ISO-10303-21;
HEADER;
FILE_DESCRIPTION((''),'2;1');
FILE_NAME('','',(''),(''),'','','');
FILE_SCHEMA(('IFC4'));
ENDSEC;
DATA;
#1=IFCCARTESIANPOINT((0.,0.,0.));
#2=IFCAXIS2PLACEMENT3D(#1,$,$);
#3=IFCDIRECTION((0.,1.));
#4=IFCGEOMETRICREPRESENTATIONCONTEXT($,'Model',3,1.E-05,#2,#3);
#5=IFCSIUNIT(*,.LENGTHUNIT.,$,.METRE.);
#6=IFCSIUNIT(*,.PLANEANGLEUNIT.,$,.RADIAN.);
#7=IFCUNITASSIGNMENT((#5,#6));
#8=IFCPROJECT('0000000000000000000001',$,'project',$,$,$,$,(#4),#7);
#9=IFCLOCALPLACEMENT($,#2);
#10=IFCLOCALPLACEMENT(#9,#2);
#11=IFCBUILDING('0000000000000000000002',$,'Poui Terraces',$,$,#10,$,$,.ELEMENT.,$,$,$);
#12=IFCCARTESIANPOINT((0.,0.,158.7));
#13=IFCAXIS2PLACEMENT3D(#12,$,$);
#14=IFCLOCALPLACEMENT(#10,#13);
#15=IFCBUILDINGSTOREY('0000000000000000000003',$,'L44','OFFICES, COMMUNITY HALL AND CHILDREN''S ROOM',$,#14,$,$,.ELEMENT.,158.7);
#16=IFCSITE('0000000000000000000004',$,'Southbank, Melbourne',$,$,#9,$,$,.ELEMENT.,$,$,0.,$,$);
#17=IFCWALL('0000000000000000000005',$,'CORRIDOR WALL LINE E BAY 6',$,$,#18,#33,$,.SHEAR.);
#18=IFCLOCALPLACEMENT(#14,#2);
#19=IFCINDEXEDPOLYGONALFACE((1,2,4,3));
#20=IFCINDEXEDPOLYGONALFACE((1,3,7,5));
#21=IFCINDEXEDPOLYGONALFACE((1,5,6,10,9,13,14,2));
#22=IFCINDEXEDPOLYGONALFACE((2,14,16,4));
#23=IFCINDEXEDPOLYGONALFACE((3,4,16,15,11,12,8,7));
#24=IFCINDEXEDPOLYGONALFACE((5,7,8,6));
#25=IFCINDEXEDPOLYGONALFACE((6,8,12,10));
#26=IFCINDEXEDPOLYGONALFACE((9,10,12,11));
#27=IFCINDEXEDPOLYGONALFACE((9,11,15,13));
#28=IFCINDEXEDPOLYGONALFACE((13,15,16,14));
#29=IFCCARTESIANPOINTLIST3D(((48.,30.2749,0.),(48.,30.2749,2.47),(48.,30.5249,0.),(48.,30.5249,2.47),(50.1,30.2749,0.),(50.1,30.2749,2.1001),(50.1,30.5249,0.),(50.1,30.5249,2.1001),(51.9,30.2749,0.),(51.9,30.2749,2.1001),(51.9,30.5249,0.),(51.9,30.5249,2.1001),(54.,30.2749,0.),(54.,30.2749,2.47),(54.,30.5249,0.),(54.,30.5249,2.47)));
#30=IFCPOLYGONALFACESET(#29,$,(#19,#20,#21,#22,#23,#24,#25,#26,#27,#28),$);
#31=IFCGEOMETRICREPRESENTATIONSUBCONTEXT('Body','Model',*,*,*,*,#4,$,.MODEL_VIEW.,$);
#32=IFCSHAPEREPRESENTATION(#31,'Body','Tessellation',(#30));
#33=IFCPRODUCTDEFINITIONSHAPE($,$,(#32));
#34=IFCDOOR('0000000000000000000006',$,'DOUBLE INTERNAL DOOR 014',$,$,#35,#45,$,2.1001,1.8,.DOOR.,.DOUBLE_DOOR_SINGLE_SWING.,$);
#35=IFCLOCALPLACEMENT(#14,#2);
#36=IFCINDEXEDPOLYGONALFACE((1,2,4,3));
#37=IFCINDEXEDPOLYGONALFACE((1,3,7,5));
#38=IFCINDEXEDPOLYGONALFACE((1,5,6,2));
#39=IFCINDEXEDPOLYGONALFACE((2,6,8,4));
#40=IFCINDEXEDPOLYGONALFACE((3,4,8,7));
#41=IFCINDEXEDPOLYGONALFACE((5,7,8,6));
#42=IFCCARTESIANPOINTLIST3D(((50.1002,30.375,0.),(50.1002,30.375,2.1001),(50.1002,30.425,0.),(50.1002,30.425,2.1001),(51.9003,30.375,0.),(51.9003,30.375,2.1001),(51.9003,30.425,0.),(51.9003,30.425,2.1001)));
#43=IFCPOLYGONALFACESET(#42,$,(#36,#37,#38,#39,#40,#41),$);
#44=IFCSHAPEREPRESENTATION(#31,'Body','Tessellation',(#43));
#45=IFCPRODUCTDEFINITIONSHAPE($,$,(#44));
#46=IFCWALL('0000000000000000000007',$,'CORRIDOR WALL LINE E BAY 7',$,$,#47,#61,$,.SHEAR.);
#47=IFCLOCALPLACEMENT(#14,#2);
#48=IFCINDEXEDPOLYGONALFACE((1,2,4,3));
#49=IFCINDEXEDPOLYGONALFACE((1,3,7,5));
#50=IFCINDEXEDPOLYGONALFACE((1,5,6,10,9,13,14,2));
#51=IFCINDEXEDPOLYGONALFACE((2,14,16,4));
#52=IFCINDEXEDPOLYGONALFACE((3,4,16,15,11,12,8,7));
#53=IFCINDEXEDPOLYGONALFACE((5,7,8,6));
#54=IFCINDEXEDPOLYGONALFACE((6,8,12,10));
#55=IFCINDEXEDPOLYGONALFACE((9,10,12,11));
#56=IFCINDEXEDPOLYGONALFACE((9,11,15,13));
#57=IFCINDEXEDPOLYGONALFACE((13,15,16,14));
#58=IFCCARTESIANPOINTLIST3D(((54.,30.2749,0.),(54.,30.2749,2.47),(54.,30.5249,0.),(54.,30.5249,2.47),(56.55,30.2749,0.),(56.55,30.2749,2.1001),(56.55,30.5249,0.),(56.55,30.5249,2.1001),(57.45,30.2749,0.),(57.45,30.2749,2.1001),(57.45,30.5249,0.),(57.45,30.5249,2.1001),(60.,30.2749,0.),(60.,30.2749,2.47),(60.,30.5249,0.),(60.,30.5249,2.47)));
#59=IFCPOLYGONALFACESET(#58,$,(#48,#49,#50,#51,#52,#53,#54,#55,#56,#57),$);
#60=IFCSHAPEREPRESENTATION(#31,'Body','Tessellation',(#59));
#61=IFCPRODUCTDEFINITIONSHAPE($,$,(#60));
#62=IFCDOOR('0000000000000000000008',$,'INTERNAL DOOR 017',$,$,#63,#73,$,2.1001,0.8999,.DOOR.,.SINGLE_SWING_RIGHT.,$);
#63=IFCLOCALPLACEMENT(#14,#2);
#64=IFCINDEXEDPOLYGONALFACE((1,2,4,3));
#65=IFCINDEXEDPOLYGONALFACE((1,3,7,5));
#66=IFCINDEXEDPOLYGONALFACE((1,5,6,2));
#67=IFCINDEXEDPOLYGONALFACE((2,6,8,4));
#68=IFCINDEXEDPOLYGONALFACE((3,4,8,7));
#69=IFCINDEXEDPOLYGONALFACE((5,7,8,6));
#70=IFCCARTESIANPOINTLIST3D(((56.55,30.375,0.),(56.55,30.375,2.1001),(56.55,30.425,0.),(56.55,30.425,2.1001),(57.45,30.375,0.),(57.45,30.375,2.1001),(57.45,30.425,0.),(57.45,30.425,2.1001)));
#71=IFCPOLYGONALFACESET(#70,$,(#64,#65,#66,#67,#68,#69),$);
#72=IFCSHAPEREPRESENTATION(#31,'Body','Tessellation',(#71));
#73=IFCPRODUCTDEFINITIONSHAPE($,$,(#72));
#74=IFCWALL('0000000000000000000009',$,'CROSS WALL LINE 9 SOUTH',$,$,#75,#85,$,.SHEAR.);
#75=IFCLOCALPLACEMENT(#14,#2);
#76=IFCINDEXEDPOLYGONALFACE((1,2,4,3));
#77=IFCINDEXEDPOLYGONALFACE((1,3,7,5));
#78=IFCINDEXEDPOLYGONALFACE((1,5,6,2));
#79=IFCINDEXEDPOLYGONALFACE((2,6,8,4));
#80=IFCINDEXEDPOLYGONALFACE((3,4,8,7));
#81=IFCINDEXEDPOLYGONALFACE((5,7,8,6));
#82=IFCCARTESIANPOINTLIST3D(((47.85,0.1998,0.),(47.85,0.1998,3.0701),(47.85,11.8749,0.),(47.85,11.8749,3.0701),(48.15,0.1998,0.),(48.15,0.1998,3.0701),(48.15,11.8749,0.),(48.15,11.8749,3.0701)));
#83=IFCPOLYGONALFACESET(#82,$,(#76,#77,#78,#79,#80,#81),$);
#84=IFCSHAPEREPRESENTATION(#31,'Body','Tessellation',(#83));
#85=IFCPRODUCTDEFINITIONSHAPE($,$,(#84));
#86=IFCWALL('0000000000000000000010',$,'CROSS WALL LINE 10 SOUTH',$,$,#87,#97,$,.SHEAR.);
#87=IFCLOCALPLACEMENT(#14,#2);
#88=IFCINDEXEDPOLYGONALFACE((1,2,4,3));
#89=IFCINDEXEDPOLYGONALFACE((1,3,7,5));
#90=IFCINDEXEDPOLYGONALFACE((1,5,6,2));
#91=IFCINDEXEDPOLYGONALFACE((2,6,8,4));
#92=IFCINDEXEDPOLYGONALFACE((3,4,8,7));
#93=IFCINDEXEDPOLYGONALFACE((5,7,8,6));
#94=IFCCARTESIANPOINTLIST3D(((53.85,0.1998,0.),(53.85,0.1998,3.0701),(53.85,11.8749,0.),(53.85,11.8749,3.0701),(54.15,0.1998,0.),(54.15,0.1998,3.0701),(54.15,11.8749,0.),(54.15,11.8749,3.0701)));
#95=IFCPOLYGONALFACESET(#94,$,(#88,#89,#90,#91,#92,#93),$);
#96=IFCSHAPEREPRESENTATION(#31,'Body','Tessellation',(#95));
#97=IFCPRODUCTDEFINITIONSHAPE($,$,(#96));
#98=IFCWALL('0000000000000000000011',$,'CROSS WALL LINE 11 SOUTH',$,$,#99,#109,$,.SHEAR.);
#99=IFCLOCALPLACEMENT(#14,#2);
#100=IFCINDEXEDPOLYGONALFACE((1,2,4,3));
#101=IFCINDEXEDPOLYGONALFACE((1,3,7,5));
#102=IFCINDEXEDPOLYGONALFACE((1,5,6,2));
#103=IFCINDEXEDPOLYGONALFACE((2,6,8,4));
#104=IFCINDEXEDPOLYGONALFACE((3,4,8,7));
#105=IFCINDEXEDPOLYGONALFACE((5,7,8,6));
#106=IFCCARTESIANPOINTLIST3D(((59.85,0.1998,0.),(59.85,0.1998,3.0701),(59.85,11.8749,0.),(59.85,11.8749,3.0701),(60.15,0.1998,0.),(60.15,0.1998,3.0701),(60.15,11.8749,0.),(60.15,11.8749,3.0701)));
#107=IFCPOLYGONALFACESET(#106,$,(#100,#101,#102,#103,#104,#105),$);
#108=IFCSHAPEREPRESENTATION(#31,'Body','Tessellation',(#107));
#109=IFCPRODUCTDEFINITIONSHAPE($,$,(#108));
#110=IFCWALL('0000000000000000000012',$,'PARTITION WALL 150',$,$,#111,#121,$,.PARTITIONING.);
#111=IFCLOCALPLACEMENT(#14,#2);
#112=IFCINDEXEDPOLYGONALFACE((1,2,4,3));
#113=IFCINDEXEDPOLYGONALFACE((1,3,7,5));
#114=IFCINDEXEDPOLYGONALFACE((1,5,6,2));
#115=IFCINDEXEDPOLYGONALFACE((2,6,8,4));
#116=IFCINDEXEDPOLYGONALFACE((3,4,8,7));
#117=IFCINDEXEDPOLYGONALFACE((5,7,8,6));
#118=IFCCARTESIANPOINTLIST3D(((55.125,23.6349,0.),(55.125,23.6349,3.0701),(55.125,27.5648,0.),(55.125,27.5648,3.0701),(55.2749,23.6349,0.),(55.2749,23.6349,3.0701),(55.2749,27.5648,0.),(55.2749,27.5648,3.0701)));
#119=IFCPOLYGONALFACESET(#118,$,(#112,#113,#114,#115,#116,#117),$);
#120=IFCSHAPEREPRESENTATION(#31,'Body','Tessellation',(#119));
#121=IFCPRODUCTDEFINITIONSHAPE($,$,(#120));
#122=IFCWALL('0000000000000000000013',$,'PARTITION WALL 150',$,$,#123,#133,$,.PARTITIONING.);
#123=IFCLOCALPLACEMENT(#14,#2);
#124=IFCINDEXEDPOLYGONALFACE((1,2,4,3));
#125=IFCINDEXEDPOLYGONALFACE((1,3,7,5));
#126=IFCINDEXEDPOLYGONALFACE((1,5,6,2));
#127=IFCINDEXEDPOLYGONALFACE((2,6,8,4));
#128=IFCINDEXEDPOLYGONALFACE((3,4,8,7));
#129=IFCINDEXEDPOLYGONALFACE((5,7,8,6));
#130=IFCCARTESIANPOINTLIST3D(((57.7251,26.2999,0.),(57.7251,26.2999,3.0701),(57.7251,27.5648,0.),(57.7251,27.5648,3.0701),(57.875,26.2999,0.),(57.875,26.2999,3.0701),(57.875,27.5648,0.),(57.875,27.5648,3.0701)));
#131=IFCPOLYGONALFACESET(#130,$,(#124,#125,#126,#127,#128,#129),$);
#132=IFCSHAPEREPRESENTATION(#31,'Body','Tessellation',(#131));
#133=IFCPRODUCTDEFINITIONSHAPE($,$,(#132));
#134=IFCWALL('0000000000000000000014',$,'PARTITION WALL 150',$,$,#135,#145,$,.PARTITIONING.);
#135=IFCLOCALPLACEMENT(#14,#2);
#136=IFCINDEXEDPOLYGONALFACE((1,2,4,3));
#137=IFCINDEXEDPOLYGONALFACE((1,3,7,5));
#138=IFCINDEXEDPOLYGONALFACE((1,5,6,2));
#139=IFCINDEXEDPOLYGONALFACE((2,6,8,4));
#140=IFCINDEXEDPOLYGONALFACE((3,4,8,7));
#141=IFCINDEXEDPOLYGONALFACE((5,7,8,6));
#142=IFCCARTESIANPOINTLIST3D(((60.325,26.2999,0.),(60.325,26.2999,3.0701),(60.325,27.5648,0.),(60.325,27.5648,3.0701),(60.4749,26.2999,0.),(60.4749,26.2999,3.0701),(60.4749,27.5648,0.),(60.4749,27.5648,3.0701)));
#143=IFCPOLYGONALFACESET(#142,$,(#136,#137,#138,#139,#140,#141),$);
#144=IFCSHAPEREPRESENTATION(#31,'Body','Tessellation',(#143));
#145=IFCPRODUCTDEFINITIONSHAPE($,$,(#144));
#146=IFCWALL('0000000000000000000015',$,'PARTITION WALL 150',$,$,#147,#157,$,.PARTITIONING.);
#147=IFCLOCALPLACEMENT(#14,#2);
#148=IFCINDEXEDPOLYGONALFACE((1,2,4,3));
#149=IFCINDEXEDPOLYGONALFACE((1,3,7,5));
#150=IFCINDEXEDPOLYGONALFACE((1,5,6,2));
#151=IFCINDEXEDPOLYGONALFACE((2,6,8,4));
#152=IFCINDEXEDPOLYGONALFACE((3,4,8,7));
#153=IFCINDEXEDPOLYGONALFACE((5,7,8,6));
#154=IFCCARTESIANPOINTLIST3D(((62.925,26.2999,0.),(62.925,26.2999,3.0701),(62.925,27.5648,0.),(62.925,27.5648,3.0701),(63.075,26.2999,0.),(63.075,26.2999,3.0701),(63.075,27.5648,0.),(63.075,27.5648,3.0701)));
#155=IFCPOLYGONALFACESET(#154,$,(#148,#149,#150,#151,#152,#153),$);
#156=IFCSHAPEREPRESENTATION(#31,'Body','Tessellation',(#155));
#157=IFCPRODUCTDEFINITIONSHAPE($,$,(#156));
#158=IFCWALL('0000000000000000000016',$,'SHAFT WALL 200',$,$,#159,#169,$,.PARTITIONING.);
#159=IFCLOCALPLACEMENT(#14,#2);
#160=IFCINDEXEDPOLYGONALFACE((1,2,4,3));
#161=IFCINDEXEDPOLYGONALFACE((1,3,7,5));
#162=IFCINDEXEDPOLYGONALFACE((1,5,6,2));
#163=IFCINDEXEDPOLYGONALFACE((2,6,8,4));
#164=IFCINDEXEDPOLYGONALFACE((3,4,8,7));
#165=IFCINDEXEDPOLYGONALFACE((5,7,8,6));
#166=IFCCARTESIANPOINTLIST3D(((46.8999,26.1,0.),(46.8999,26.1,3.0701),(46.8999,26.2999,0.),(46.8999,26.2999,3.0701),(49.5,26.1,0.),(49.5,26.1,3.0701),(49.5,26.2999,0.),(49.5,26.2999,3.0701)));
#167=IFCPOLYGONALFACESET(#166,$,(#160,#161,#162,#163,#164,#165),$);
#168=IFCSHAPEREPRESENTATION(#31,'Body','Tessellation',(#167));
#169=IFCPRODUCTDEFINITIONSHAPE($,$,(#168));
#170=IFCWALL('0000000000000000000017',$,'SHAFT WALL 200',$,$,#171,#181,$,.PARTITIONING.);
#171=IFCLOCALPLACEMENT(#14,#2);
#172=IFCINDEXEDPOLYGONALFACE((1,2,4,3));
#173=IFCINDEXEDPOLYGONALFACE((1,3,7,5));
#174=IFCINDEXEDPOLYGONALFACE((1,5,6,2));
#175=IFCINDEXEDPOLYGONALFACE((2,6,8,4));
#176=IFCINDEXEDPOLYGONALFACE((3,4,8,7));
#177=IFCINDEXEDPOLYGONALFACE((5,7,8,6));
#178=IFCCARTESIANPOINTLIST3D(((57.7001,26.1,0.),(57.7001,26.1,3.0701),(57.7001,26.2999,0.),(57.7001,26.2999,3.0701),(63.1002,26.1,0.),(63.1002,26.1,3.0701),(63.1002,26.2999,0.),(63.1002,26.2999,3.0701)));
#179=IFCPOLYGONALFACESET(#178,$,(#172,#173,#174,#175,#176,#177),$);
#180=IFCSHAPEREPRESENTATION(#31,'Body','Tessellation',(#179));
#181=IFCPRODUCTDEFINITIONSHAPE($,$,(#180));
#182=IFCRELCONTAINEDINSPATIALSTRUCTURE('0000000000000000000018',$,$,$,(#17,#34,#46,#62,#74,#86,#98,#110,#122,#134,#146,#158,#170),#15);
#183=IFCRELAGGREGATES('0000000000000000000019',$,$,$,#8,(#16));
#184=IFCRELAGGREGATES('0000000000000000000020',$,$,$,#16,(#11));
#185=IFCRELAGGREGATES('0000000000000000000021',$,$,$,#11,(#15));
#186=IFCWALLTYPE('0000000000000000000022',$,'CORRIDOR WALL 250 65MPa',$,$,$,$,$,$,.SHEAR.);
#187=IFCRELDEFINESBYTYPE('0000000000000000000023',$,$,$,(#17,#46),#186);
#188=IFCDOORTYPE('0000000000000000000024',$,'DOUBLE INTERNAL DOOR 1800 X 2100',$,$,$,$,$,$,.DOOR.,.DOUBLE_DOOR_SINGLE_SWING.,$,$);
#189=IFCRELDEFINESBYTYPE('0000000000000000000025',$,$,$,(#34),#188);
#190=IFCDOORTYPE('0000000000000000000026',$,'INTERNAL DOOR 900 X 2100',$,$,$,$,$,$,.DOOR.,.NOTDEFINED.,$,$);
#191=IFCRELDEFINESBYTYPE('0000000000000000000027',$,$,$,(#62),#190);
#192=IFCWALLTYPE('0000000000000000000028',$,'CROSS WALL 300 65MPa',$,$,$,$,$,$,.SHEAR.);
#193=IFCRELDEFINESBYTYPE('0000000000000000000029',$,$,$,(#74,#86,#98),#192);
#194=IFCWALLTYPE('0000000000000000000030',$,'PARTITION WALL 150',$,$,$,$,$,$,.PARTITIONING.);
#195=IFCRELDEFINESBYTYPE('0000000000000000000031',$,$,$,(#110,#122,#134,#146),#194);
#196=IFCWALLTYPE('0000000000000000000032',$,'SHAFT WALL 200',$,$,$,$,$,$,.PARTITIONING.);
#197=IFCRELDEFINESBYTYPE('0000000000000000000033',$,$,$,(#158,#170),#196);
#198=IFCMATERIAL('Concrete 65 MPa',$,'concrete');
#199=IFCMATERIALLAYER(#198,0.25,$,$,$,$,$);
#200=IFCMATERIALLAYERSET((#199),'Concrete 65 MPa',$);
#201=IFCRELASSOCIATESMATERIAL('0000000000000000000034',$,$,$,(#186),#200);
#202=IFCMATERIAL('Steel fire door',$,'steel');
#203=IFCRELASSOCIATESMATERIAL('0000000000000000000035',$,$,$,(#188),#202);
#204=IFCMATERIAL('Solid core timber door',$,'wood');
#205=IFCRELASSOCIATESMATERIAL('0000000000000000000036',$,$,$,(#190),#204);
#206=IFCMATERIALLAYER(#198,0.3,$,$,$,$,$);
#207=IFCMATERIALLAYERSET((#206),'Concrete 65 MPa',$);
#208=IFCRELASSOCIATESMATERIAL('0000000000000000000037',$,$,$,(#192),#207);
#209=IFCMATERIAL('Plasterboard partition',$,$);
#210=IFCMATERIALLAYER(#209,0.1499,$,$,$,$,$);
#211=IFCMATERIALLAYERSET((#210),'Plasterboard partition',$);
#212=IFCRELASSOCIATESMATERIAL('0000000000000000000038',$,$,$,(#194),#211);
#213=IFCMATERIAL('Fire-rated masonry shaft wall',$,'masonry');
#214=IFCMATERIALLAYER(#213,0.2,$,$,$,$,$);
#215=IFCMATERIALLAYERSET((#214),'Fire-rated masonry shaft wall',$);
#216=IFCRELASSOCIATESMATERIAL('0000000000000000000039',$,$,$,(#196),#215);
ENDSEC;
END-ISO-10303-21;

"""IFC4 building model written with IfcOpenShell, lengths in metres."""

from ifc_helpers import new_model, si_unit, direction, frame, frame_2d, origin, place, context, subcontext, project, spatial, rectangle, extrude, material, layer, layer_set, type_object, element, fill, save


model = new_model("IFC4")

# Units and contexts
model_context = context("Model", 3, precision=1e-05, world=origin(), true_north=direction((0.0, 1.0)))
body_context = subcontext(model_context, "Body", "Model", "MODEL_VIEW")
ifc_project = project(units=[si_unit("LENGTHUNIT", "METRE"), si_unit("PLANEANGLEUNIT", "RADIAN")], contexts=[model_context])

# Site, building, storey
site_placement = place(None, origin())
site = spatial("IfcSite", under=ifc_project, at=site_placement, Name="Southbank, Melbourne", CompositionType="ELEMENT", RefElevation=0.0)
building_placement = place(site_placement, origin())
building = spatial("IfcBuilding", under=site, at=building_placement, Name="Poui Terraces", CompositionType="ELEMENT")
storey_placement = place(building_placement, frame((0.0, 0.0, 158.7)))
storey = spatial("IfcBuildingStorey", under=building, at=storey_placement, Name="L44", Description="OFFICES, COMMUNITY HALL AND CHILDREN'S ROOM", CompositionType="ELEMENT", Elevation=158.7)

# Shared definitions
ifc_material_1 = material(Name="Concrete 65 MPa", Category="concrete")

# Walls, openings, doors
ifc_layer_1 = layer(ifc_material_1, 0.25)
ifc_layer_set_1 = layer_set([ifc_layer_1], Name="Concrete 65 MPa")
wall_type_1 = type_object("IfcWallType", Name="CORRIDOR WALL 250 65MPa", PredefinedType="SHEAR", material=ifc_layer_set_1)
ifc_material_2 = material(Name="Steel fire door", Category="steel")
door_type_1 = type_object("IfcDoorType", Name="DOUBLE INTERNAL DOOR 1800 X 2100", OperationType="DOUBLE_DOOR_SINGLE_SWING", PredefinedType="DOOR", material=ifc_material_2)
wall_1_placement = place(storey_placement, frame((48.0, 30.3999, 0.0), z_axis=(0.0, 0.0, 1.0), x_axis=(1.0, 0.0, 0.0)))
wall_1 = element("IfcWall", 1, at=wall_1_placement, inside=storey, type_object=wall_type_1, Name="CORRIDOR WALL LINE E BAY 6", PredefinedType="SHEAR", context=body_context, shape_type="SweptSolid", body=[
    extrude(rectangle(XDim=6.0, YDim=0.25, at=frame_2d((3.0, 0.0))), origin(), (0.0, 0.0, 1.0), 2.47),
])
opening_1_placement = place(wall_1_placement, frame((2.1001, 0.0, 0.0)))
opening_1 = element("IfcOpeningElement", 2, at=opening_1_placement, cuts=wall_1, PredefinedType="OPENING", context=body_context, shape_type="SweptSolid", body=[
    extrude(rectangle(XDim=1.8, YDim=2.1001, at=frame_2d((0.8999, 1.05))), frame((0.0, 0.135, 0.0), z_axis=(0.0, -1.0, 0.0), x_axis=(1.0, 0.0, 0.0)), (0.0, 0.0, 1.0), 0.27),
])
door_1_placement = place(opening_1_placement, frame((1.8, 0.0, 0.0), z_axis=(0.0, 0.0, 1.0), x_axis=(-1.0, 0.0, 0.0)))
door_1 = element("IfcDoor", 3, at=door_1_placement, inside=storey, type_object=door_type_1, Name="DOUBLE INTERNAL DOOR 014", OperationType="DOUBLE_DOOR_SINGLE_SWING", OverallHeight=2.1001, OverallWidth=1.8, PredefinedType="DOOR", context=body_context, shape_type="SweptSolid", body=[
    extrude(rectangle(XDim=1.8, YDim=2.1001, at=frame_2d((0.8999, 1.05))), frame((0.0, 0.0249, 0.0), z_axis=(0.0, -1.0, 0.0), x_axis=(1.0, 0.0, 0.0)), (0.0, 0.0, 1.0), 0.05),
])
fill(opening_1, door_1)
wall_2_placement = place(storey_placement, frame((54.0, 30.3999, 0.0), z_axis=(0.0, 0.0, 1.0), x_axis=(1.0, 0.0, 0.0)))
wall_2 = element("IfcWall", 4, at=wall_2_placement, inside=storey, type_object=wall_type_1, Name="CORRIDOR WALL LINE E BAY 7", PredefinedType="SHEAR", context=body_context, shape_type="SweptSolid", body=[
    extrude(rectangle(XDim=6.0, YDim=0.25, at=frame_2d((3.0, 0.0))), origin(), (0.0, 0.0, 1.0), 2.47),
])
opening_2_placement = place(wall_2_placement, frame((2.55, 0.0, 0.0)))
opening_2 = element("IfcOpeningElement", 5, at=opening_2_placement, cuts=wall_2, PredefinedType="OPENING", context=body_context, shape_type="SweptSolid", body=[
    extrude(rectangle(XDim=0.8999, YDim=2.1001, at=frame_2d((0.45, 1.05))), frame((0.0, 0.135, 0.0), z_axis=(0.0, -1.0, 0.0), x_axis=(1.0, 0.0, 0.0)), (0.0, 0.0, 1.0), 0.27),
])
ifc_material_3 = material(Name="Solid core timber door", Category="wood")
door_type_2 = type_object("IfcDoorType", Name="INTERNAL DOOR 900 X 2100", OperationType="NOTDEFINED", PredefinedType="DOOR", material=ifc_material_3)
door_2_placement = place(opening_2_placement, frame((0.8999, 0.0, 0.0), z_axis=(0.0, 0.0, 1.0), x_axis=(-1.0, 0.0, 0.0)))
door_2 = element("IfcDoor", 6, at=door_2_placement, inside=storey, type_object=door_type_2, Name="INTERNAL DOOR 017", OperationType="SINGLE_SWING_RIGHT", OverallHeight=2.1001, OverallWidth=0.8999, PredefinedType="DOOR", context=body_context, shape_type="SweptSolid", body=[
    extrude(rectangle(XDim=0.8999, YDim=2.1001, at=frame_2d((0.45, 1.05))), frame((0.0, 0.0249, 0.0), z_axis=(0.0, -1.0, 0.0), x_axis=(1.0, 0.0, 0.0)), (0.0, 0.0, 1.0), 0.05),
])
fill(opening_2, door_2)

# Walls
ifc_layer_2 = layer(ifc_material_1, 0.3)
ifc_layer_set_2 = layer_set([ifc_layer_2], Name="Concrete 65 MPa")
wall_type_2 = type_object("IfcWallType", Name="CROSS WALL 300 65MPa", PredefinedType="SHEAR", material=ifc_layer_set_2)
for number, where, z_axis, x_axis, name in (
    (7, (48.0, 0.2, 0.0), (0.0, 0.0, 1.0), (0.0, 1.0, 0.0), "CROSS WALL LINE 9 SOUTH"),
    (8, (54.0, 0.2, 0.0), (0.0, 0.0, 1.0), (0.0, 1.0, 0.0), "CROSS WALL LINE 10 SOUTH"),
    (9, (60.0, 0.2, 0.0), (0.0, 0.0, 1.0), (0.0, 1.0, 0.0), "CROSS WALL LINE 11 SOUTH"),
):
    element("IfcWall", number, at=place(storey_placement, frame(where, z_axis=z_axis, x_axis=x_axis)), inside=storey, type_object=wall_type_2, Name=name, PredefinedType="SHEAR", context=body_context, shape_type="SweptSolid", body=[
        extrude(rectangle(XDim=11.675, YDim=0.3, at=frame_2d((5.8374, 0.0))), origin(), (0.0, 0.0, 1.0), 3.0701),
    ])
ifc_material_4 = material(Name="Plasterboard partition")
ifc_layer_3 = layer(ifc_material_4, 0.1499)
ifc_layer_set_3 = layer_set([ifc_layer_3], Name="Plasterboard partition")
wall_type_3 = type_object("IfcWallType", Name="PARTITION WALL 150", PredefinedType="PARTITIONING", material=ifc_layer_set_3)
wall_3_placement = place(storey_placement, frame((55.2, 23.635, 0.0), z_axis=(0.0, 0.0, 1.0), x_axis=(0.0, 1.0, 0.0)))
element("IfcWall", 10, at=wall_3_placement, inside=storey, type_object=wall_type_3, Name="PARTITION WALL 150", PredefinedType="PARTITIONING", context=body_context, shape_type="SweptSolid", body=[
    extrude(rectangle(XDim=3.9299, YDim=0.1499, at=frame_2d((1.9648, 0.0))), origin(), (0.0, 0.0, 1.0), 3.0701),
])
for number, where, z_axis, x_axis, name in (
    (11, (57.8, 26.3, 0.0), (0.0, 0.0, 1.0), (0.0, 1.0, 0.0), "PARTITION WALL 150"),
    (12, (60.3999, 26.3, 0.0), (0.0, 0.0, 1.0), (0.0, 1.0, 0.0), "PARTITION WALL 150"),
    (13, (63.0, 26.3, 0.0), (0.0, 0.0, 1.0), (0.0, 1.0, 0.0), "PARTITION WALL 150"),
):
    element("IfcWall", number, at=place(storey_placement, frame(where, z_axis=z_axis, x_axis=x_axis)), inside=storey, type_object=wall_type_3, Name=name, PredefinedType="PARTITIONING", context=body_context, shape_type="SweptSolid", body=[
        extrude(rectangle(XDim=1.2649, YDim=0.1499, at=frame_2d((0.6323, 0.0))), origin(), (0.0, 0.0, 1.0), 3.0701),
    ])
ifc_material_5 = material(Name="Fire-rated masonry shaft wall", Category="masonry")
ifc_layer_4 = layer(ifc_material_5, 0.2)
ifc_layer_set_4 = layer_set([ifc_layer_4], Name="Fire-rated masonry shaft wall")
wall_type_4 = type_object("IfcWallType", Name="SHAFT WALL 200", PredefinedType="PARTITIONING", material=ifc_layer_set_4)
wall_4_placement = place(storey_placement, frame((46.8999, 26.2, 0.0), z_axis=(0.0, 0.0, 1.0), x_axis=(1.0, 0.0, 0.0)))
element("IfcWall", 14, at=wall_4_placement, inside=storey, type_object=wall_type_4, Name="SHAFT WALL 200", PredefinedType="PARTITIONING", context=body_context, shape_type="SweptSolid", body=[
    extrude(rectangle(XDim=2.6001, YDim=0.2, at=frame_2d((1.3, 0.0))), origin(), (0.0, 0.0, 1.0), 3.0701),
])
wall_5_placement = place(storey_placement, frame((57.7, 26.2, 0.0), z_axis=(0.0, 0.0, 1.0), x_axis=(1.0, 0.0, 0.0)))
element("IfcWall", 15, at=wall_5_placement, inside=storey, type_object=wall_type_4, Name="SHAFT WALL 200", PredefinedType="PARTITIONING", context=body_context, shape_type="SweptSolid", body=[
    extrude(rectangle(XDim=5.4001, YDim=0.2, at=frame_2d((2.7002, 0.0))), origin(), (0.0, 0.0, 1.0), 3.0701),
])

save(model, "model.ifc")
